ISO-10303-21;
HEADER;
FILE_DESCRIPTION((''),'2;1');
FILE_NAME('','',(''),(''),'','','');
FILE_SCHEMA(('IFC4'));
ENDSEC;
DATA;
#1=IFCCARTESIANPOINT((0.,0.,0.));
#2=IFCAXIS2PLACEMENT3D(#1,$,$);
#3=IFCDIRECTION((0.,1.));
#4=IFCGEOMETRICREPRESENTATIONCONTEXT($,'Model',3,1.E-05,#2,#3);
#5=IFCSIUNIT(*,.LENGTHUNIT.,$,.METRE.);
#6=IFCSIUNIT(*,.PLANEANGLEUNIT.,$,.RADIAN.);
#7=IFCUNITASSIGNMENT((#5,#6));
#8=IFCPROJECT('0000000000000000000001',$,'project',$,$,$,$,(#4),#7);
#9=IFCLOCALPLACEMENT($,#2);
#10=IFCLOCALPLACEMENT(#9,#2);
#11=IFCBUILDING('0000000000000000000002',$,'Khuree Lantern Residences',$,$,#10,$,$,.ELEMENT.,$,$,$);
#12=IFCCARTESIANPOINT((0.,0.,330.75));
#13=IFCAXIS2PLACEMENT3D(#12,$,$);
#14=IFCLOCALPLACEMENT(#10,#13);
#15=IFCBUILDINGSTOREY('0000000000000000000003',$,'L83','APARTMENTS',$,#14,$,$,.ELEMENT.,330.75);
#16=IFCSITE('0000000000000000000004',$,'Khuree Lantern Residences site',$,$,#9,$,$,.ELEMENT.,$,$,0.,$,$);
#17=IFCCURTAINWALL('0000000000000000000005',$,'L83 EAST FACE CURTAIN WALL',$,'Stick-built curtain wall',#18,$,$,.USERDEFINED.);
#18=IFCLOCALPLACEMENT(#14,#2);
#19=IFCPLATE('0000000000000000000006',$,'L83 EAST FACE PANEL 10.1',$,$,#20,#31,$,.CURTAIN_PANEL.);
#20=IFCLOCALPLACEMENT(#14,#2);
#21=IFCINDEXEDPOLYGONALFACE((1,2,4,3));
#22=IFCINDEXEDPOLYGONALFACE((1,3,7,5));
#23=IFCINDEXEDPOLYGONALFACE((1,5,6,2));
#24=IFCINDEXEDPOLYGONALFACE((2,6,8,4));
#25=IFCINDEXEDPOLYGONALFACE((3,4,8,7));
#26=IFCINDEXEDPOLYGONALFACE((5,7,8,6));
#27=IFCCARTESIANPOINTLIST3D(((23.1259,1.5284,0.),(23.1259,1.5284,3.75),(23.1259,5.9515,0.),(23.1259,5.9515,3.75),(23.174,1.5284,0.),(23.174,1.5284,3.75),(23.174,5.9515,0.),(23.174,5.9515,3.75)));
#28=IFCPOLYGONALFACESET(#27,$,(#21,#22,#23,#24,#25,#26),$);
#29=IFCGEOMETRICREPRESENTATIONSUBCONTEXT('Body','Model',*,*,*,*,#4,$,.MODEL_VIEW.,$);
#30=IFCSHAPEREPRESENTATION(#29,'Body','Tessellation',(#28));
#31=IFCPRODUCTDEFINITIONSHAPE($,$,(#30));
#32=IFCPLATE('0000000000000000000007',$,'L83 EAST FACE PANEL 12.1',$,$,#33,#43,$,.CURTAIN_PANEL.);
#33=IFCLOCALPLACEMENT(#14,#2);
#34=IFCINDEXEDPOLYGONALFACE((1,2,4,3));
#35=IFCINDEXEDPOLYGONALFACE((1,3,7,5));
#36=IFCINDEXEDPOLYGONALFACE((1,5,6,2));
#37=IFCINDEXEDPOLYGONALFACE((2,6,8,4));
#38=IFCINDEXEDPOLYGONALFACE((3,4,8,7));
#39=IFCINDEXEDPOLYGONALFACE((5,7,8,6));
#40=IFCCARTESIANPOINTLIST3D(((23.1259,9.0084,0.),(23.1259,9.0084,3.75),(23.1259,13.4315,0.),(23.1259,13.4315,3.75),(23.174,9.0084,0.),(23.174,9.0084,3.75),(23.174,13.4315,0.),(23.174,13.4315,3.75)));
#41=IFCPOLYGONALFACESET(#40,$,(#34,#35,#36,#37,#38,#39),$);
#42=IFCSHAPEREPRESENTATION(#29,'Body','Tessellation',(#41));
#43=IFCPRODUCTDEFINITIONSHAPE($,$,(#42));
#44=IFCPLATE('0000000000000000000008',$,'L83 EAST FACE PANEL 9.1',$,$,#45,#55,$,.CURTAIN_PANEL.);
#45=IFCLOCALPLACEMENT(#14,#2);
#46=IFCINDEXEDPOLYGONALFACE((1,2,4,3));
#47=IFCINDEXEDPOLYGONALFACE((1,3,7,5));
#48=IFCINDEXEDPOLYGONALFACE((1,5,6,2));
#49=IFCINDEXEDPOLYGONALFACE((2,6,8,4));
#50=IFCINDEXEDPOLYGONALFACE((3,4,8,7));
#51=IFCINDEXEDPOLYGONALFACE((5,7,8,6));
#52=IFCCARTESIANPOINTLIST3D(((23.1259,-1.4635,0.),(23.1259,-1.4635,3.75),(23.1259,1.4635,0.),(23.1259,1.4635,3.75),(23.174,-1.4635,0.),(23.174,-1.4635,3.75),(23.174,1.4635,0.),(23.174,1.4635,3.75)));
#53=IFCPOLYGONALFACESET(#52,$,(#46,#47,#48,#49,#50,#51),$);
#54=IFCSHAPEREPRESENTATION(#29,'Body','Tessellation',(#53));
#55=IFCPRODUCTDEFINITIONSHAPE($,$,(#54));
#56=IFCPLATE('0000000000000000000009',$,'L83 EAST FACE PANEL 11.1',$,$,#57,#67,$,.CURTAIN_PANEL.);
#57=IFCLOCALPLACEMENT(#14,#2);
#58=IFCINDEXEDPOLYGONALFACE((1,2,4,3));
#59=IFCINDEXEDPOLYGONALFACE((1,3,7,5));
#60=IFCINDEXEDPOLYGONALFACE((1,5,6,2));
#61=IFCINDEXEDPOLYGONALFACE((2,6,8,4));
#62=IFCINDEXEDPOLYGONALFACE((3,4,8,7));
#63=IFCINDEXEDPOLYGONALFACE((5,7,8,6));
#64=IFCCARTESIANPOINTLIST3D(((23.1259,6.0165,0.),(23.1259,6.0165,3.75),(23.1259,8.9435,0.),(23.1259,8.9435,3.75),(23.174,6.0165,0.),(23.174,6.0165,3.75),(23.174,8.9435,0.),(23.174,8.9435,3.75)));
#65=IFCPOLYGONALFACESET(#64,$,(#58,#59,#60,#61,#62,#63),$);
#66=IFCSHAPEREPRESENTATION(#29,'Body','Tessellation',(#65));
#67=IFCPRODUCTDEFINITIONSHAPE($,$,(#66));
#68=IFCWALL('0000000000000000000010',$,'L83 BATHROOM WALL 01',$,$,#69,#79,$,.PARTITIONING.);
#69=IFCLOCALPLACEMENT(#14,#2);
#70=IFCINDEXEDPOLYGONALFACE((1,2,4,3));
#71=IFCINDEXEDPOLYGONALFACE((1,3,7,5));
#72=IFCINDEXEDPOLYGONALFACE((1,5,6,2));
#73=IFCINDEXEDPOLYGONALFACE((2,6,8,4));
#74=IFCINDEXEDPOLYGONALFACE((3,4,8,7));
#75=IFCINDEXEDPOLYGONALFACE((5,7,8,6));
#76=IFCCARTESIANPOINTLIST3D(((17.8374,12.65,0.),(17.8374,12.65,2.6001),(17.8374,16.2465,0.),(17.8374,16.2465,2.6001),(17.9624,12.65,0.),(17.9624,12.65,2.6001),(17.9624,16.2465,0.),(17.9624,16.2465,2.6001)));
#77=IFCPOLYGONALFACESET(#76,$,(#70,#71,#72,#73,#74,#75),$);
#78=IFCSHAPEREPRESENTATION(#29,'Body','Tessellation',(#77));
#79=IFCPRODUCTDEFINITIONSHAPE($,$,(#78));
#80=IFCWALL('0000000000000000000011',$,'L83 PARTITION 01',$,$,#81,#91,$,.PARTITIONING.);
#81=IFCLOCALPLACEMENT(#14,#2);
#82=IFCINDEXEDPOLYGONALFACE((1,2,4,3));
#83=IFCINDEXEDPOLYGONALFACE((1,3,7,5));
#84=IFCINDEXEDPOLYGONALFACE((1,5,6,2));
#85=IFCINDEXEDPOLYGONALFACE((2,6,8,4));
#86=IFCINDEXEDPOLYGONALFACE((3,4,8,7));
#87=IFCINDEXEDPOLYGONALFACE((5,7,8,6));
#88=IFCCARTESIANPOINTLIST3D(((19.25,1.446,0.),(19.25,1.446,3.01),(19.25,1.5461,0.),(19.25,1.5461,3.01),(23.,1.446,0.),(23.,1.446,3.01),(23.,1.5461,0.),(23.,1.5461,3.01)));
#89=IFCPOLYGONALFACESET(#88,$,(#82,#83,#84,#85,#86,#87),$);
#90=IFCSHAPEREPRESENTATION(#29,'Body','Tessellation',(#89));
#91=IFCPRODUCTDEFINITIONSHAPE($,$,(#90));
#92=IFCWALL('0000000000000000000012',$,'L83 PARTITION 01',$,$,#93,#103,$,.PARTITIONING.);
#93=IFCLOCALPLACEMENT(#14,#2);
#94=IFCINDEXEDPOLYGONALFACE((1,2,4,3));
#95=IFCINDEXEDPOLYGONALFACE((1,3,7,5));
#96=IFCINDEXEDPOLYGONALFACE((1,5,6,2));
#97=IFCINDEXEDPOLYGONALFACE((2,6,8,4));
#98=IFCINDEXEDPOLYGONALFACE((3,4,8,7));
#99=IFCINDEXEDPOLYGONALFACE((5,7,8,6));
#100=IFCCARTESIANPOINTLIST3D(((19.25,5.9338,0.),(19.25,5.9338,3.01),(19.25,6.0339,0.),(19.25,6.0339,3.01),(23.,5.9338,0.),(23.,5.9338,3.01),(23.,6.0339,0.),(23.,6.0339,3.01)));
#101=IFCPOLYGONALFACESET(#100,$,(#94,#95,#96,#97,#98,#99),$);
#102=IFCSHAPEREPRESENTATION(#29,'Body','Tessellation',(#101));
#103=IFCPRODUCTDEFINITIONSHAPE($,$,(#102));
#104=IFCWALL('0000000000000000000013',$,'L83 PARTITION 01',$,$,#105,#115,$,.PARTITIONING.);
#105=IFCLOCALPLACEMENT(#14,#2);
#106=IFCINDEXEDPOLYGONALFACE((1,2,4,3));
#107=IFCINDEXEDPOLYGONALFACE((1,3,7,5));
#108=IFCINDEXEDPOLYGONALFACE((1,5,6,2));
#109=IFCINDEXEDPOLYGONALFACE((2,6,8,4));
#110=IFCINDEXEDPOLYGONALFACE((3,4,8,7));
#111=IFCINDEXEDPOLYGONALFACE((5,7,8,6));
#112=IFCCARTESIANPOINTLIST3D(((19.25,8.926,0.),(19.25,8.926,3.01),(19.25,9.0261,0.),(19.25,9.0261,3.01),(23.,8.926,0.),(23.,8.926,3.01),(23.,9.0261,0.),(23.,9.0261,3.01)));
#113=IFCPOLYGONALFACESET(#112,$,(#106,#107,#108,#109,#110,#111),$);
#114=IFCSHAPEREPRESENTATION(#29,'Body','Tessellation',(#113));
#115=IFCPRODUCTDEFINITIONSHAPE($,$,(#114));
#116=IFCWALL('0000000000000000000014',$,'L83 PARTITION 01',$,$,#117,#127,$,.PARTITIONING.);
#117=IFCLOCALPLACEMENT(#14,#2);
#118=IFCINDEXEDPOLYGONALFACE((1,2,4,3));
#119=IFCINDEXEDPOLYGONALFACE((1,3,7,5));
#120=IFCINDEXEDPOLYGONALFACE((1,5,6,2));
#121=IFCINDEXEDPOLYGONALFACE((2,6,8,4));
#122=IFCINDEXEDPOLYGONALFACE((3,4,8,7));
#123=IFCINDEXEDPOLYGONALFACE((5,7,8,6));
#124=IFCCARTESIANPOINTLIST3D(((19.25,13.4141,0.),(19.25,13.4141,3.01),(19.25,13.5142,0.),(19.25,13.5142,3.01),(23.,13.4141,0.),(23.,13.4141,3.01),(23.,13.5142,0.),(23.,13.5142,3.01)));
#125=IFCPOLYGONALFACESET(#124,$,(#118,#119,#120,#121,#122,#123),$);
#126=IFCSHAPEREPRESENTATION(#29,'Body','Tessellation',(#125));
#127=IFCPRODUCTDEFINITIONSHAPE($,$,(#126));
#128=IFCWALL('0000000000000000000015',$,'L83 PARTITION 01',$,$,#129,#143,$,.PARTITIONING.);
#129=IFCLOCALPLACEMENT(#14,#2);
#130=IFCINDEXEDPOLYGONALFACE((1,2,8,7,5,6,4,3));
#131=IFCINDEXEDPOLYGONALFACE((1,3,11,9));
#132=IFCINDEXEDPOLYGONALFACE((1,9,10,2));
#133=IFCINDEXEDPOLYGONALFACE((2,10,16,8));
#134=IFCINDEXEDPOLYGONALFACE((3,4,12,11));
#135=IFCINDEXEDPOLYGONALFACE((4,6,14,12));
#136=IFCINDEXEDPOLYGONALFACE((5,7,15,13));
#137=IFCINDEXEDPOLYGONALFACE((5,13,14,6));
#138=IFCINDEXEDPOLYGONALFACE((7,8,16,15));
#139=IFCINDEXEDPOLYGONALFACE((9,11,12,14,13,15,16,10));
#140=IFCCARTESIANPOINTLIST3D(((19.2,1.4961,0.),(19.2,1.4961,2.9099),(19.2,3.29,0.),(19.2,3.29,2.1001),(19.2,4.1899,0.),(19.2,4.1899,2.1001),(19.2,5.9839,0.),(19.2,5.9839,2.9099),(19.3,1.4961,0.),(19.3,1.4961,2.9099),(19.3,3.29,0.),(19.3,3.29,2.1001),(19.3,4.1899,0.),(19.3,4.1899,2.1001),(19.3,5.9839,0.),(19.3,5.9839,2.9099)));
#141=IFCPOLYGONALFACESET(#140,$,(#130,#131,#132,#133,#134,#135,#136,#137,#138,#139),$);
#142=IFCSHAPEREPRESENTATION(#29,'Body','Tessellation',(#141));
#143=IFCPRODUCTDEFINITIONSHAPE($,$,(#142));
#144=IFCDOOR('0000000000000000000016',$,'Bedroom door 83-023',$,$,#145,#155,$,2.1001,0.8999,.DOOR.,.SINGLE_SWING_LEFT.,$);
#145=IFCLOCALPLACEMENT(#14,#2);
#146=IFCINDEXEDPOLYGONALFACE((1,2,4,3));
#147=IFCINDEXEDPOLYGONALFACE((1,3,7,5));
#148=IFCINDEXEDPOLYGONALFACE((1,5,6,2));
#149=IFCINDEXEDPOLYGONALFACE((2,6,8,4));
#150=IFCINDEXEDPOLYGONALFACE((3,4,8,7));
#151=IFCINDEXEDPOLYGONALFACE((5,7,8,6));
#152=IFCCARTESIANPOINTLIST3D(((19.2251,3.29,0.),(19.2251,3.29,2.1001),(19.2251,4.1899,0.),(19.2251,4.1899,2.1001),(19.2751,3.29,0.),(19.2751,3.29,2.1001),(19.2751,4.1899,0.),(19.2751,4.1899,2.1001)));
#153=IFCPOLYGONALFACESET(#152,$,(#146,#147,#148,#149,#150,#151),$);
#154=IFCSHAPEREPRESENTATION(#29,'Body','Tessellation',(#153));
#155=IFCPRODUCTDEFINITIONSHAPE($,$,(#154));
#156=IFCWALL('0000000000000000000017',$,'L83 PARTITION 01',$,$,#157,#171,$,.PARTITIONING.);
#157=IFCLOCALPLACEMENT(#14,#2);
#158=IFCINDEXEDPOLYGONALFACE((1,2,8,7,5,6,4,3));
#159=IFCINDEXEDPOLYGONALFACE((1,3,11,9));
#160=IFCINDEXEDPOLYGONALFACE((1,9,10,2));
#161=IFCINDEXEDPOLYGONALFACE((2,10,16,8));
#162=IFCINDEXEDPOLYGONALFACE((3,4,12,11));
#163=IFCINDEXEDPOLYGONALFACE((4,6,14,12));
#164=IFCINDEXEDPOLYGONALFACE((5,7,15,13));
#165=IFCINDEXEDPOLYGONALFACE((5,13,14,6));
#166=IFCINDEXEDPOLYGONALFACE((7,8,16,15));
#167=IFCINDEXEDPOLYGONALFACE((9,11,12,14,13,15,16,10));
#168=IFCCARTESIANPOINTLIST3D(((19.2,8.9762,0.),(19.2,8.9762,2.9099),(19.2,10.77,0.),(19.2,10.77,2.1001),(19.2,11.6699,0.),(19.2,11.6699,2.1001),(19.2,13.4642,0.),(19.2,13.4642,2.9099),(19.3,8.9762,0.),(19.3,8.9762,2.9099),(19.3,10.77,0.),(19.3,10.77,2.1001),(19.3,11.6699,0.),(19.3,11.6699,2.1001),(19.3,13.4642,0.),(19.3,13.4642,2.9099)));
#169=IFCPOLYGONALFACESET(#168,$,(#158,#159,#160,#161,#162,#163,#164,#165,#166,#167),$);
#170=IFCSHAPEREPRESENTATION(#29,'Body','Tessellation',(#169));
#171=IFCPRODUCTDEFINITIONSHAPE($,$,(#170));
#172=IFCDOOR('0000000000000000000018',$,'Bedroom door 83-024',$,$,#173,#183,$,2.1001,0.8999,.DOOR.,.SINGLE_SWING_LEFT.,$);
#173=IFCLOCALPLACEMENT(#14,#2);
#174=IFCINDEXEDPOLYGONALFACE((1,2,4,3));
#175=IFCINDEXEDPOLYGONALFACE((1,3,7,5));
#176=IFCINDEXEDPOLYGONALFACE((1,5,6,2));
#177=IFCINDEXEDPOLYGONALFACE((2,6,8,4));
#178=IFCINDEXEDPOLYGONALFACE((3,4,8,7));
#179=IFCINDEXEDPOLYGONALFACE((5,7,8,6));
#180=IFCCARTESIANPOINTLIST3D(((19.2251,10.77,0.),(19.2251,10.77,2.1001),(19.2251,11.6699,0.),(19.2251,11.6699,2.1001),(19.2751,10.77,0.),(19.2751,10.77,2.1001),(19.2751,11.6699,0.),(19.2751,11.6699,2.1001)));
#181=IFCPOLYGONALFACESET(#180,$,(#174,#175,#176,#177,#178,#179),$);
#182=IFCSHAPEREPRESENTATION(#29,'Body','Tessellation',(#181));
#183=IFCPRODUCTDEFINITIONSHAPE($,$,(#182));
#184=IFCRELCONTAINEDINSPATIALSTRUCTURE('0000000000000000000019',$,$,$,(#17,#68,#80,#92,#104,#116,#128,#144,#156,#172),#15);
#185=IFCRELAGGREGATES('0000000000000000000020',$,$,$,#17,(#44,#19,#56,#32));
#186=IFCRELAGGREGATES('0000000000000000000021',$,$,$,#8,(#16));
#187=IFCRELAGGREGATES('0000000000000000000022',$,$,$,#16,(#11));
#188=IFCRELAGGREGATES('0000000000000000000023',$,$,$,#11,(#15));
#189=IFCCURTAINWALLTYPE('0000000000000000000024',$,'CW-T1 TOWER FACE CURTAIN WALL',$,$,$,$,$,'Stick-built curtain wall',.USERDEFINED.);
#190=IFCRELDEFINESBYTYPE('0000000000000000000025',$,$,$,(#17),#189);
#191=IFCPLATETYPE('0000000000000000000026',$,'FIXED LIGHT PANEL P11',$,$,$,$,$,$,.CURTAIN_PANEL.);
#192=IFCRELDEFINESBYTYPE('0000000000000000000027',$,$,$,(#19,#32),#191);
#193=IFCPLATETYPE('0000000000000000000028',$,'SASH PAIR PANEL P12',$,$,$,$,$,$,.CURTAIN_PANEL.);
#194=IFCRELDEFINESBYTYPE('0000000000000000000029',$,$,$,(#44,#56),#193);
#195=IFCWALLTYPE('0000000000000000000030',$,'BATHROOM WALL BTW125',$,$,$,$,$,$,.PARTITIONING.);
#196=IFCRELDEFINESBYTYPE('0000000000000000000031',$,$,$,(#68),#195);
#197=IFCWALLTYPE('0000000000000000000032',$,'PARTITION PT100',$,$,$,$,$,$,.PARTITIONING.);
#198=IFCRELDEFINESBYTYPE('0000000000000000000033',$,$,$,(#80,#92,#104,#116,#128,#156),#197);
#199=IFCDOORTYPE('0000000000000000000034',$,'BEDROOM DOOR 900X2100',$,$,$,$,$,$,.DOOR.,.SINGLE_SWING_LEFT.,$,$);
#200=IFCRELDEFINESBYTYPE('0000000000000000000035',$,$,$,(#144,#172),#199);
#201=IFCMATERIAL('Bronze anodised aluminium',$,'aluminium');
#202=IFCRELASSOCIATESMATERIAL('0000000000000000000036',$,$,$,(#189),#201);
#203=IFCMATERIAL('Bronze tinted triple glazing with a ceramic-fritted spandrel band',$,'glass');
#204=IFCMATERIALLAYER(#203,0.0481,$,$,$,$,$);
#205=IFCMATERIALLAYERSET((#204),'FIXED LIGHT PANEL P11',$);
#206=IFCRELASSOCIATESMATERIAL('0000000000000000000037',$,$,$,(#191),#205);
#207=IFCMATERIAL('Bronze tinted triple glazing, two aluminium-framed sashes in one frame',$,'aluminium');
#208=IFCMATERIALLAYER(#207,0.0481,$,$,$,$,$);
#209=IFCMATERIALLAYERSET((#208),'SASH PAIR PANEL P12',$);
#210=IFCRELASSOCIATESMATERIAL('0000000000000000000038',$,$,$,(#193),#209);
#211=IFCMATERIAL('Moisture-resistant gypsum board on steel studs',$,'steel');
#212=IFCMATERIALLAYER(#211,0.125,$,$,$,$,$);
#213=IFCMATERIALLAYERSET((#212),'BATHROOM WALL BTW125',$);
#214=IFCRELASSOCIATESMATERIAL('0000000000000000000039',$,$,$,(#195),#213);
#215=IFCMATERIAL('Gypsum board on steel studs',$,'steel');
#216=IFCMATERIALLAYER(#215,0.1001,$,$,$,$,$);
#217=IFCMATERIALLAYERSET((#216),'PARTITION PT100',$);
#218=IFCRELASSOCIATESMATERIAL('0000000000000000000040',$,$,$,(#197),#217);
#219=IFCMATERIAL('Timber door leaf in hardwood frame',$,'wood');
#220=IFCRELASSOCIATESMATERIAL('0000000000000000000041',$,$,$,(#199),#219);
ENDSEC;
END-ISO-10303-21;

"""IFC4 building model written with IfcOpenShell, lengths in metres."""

from ifc_helpers import new_model, si_unit, direction, frame, frame_2d, origin, origin_2d, place, context, subcontext, project, spatial, rectangle, extrude, material, layer, layer_set, type_object, element, fill, aggregate, save


model = new_model("IFC4")

# Units and contexts
model_context = context("Model", 3, precision=1e-05, world=origin(), true_north=direction((0.0, 1.0)))
body_context = subcontext(model_context, "Body", "Model", "MODEL_VIEW")
ifc_project = project(units=[si_unit("LENGTHUNIT", "METRE"), si_unit("PLANEANGLEUNIT", "RADIAN")], contexts=[model_context])

# Site, building, storey
site_placement = place(None, origin())
site = spatial("IfcSite", under=ifc_project, at=site_placement, Name="Khuree Lantern Residences site", CompositionType="ELEMENT", RefElevation=0.0)
building_placement = place(site_placement, origin())
building = spatial("IfcBuilding", under=site, at=building_placement, Name="Khuree Lantern Residences", CompositionType="ELEMENT")
storey_placement = place(building_placement, frame((0.0, 0.0, 330.75)))
storey = spatial("IfcBuildingStorey", under=building, at=storey_placement, Name="L83", Description="APARTMENTS", CompositionType="ELEMENT", Elevation=330.75)

# Curtain wall
ifc_material_1 = material(Name="Bronze anodised aluminium", Category="aluminium")
curtain_wall_type = type_object("IfcCurtainWallType", Name="CW-T1 TOWER FACE CURTAIN WALL", ElementType="Stick-built curtain wall", PredefinedType="USERDEFINED", material=ifc_material_1)
curtain_wall_placement = place(storey_placement, origin())
curtain_wall = element("IfcCurtainWall", 1, at=curtain_wall_placement, inside=storey, type_object=curtain_wall_type, Name="L83 EAST FACE CURTAIN WALL", ObjectType="Stick-built curtain wall", PredefinedType="USERDEFINED")

# Plates
ifc_material_2 = material(Name="Bronze tinted triple glazing with a ceramic-fritted spandrel band", Category="glass")
ifc_layer_1 = layer(ifc_material_2, 0.0481)
ifc_layer_set_1 = layer_set([ifc_layer_1], Name="FIXED LIGHT PANEL P11")
plate_type_1 = type_object("IfcPlateType", Name="FIXED LIGHT PANEL P11", PredefinedType="CURTAIN_PANEL", material=ifc_layer_set_1)
plate_1_placement = place(storey_placement, frame((23.1499, 3.74, 0.0), z_axis=(0.0, 0.0, 1.0), x_axis=(0.0, 1.0, 0.0)))
plate_1 = element("IfcPlate", 2, at=plate_1_placement, type_object=plate_type_1, Name="L83 EAST FACE PANEL 10.1", PredefinedType="CURTAIN_PANEL", context=body_context, shape_type="SweptSolid", body=[
    extrude(rectangle(XDim=4.4231, YDim=0.0481, at=origin_2d()), origin(), (0.0, 0.0, 1.0), 3.75),
])
plate_2_placement = place(storey_placement, frame((23.1499, 11.22, 0.0), z_axis=(0.0, 0.0, 1.0), x_axis=(0.0, 1.0, 0.0)))
plate_2 = element("IfcPlate", 3, at=plate_2_placement, type_object=plate_type_1, Name="L83 EAST FACE PANEL 12.1", PredefinedType="CURTAIN_PANEL", context=body_context, shape_type="SweptSolid", body=[
    extrude(rectangle(XDim=4.4231, YDim=0.0481, at=origin_2d()), origin(), (0.0, 0.0, 1.0), 3.75),
])
ifc_material_3 = material(Name="Bronze tinted triple glazing, two aluminium-framed sashes in one frame", Category="aluminium")
ifc_layer_2 = layer(ifc_material_3, 0.0481)
ifc_layer_set_2 = layer_set([ifc_layer_2], Name="SASH PAIR PANEL P12")
plate_type_2 = type_object("IfcPlateType", Name="SASH PAIR PANEL P12", PredefinedType="CURTAIN_PANEL", material=ifc_layer_set_2)
plate_3_placement = place(storey_placement, frame((23.1499, 0.0, 0.0), z_axis=(0.0, 0.0, 1.0), x_axis=(0.0, 1.0, 0.0)))
plate_3 = element("IfcPlate", 4, at=plate_3_placement, type_object=plate_type_2, Name="L83 EAST FACE PANEL 9.1", PredefinedType="CURTAIN_PANEL", context=body_context, shape_type="SweptSolid", body=[
    extrude(rectangle(XDim=2.927, YDim=0.0481, at=origin_2d()), origin(), (0.0, 0.0, 1.0), 3.75),
])
plate_4_placement = place(storey_placement, frame((23.1499, 7.48, 0.0), z_axis=(0.0, 0.0, 1.0), x_axis=(0.0, 1.0, 0.0)))
plate_4 = element("IfcPlate", 5, at=plate_4_placement, type_object=plate_type_2, Name="L83 EAST FACE PANEL 11.1", PredefinedType="CURTAIN_PANEL", context=body_context, shape_type="SweptSolid", body=[
    extrude(rectangle(XDim=2.927, YDim=0.0481, at=origin_2d()), origin(), (0.0, 0.0, 1.0), 3.75),
])
aggregate(curtain_wall, [plate_3, plate_1, plate_4, plate_2])

# Walls
ifc_material_4 = material(Name="Moisture-resistant gypsum board on steel studs", Category="steel")
ifc_layer_3 = layer(ifc_material_4, 0.125)
ifc_layer_set_3 = layer_set([ifc_layer_3], Name="BATHROOM WALL BTW125")
wall_type_1 = type_object("IfcWallType", Name="BATHROOM WALL BTW125", PredefinedType="PARTITIONING", material=ifc_layer_set_3)
wall_1_placement = place(storey_placement, frame((17.8999, 12.6499, 0.0), z_axis=(0.0, 0.0, 1.0), x_axis=(0.0, 1.0, 0.0)))
element("IfcWall", 6, at=wall_1_placement, inside=storey, type_object=wall_type_1, Name="L83 BATHROOM WALL 01", PredefinedType="PARTITIONING", context=body_context, shape_type="SweptSolid", body=[
    extrude(rectangle(XDim=3.5964, YDim=0.125, at=frame_2d((1.7983, 0.0))), origin(), (0.0, 0.0, 1.0), 2.6001),
])
ifc_material_5 = material(Name="Gypsum board on steel studs", Category="steel")
ifc_layer_4 = layer(ifc_material_5, 0.1001)
ifc_layer_set_4 = layer_set([ifc_layer_4], Name="PARTITION PT100")
wall_type_2 = type_object("IfcWallType", Name="PARTITION PT100", PredefinedType="PARTITIONING", material=ifc_layer_set_4)
for number, where, z_axis, x_axis, name in (
    (7, (19.25, 1.4961, 0.0), (0.0, 0.0, 1.0), (1.0, 0.0, 0.0), "L83 PARTITION 01"),
    (8, (19.25, 5.9839, 0.0), (0.0, 0.0, 1.0), (1.0, 0.0, 0.0), "L83 PARTITION 01"),
    (9, (19.25, 8.9761, 0.0), (0.0, 0.0, 1.0), (1.0, 0.0, 0.0), "L83 PARTITION 01"),
    (10, (19.25, 13.4641, 0.0), (0.0, 0.0, 1.0), (1.0, 0.0, 0.0), "L83 PARTITION 01"),
):
    element("IfcWall", number, at=place(storey_placement, frame(where, z_axis=z_axis, x_axis=x_axis)), inside=storey, type_object=wall_type_2, Name=name, PredefinedType="PARTITIONING", context=body_context, shape_type="SweptSolid", body=[
        extrude(rectangle(XDim=3.75, YDim=0.1001, at=frame_2d((1.875, 0.0))), origin(), (0.0, 0.0, 1.0), 3.01),
    ])

# Walls, openings, doors
wall_2_placement = place(storey_placement, frame((19.25, 1.4961, 0.0), z_axis=(0.0, 0.0, 1.0), x_axis=(0.0, 1.0, 0.0)))
wall_2 = element("IfcWall", 11, at=wall_2_placement, inside=storey, type_object=wall_type_2, Name="L83 PARTITION 01", PredefinedType="PARTITIONING", context=body_context, shape_type="SweptSolid", body=[
    extrude(rectangle(XDim=4.4878, YDim=0.1001, at=frame_2d((2.2439, 0.0))), origin(), (0.0, 0.0, 1.0), 2.9099),
])
opening_1_placement = place(wall_2_placement, frame((1.7939, 0.0, 0.0)))
opening_1 = element("IfcOpeningElement", 12, at=opening_1_placement, cuts=wall_2, PredefinedType="OPENING", context=body_context, shape_type="SweptSolid", body=[
    extrude(rectangle(XDim=0.8999, YDim=2.1001, at=frame_2d((0.45, 1.05))), frame((0.0, 0.0601, 0.0), z_axis=(0.0, -1.0, 0.0), x_axis=(1.0, 0.0, 0.0)), (0.0, 0.0, 1.0), 0.1201),
])
ifc_material_6 = material(Name="Timber door leaf in hardwood frame", Category="wood")
door_type = type_object("IfcDoorType", Name="BEDROOM DOOR 900X2100", OperationType="SINGLE_SWING_LEFT", PredefinedType="DOOR", material=ifc_material_6)
door_1_placement = place(opening_1_placement, origin())
door_1 = element("IfcDoor", 13, at=door_1_placement, inside=storey, type_object=door_type, Name="Bedroom door 83-023", OperationType="SINGLE_SWING_LEFT", OverallHeight=2.1001, OverallWidth=0.8999, PredefinedType="DOOR", context=body_context, shape_type="SweptSolid", body=[
    extrude(rectangle(XDim=0.8999, YDim=2.1001, at=frame_2d((0.45, 1.05))), frame((0.0, 0.0249, 0.0), z_axis=(0.0, -1.0, 0.0), x_axis=(1.0, 0.0, 0.0)), (0.0, 0.0, 1.0), 0.05),
])
fill(opening_1, door_1)
wall_3_placement = place(storey_placement, frame((19.25, 8.9761, 0.0), z_axis=(0.0, 0.0, 1.0), x_axis=(0.0, 1.0, 0.0)))
wall_3 = element("IfcWall", 14, at=wall_3_placement, inside=storey, type_object=wall_type_2, Name="L83 PARTITION 01", PredefinedType="PARTITIONING", context=body_context, shape_type="SweptSolid", body=[
    extrude(rectangle(XDim=4.488, YDim=0.1001, at=frame_2d((2.2441, 0.0))), origin(), (0.0, 0.0, 1.0), 2.9099),
])
opening_2_placement = place(wall_3_placement, frame((1.7939, 0.0, 0.0)))
opening_2 = element("IfcOpeningElement", 15, at=opening_2_placement, cuts=wall_3, PredefinedType="OPENING", context=body_context, shape_type="SweptSolid", body=[
    extrude(rectangle(XDim=0.8999, YDim=2.1001, at=frame_2d((0.45, 1.05))), frame((0.0, 0.0601, 0.0), z_axis=(0.0, -1.0, 0.0), x_axis=(1.0, 0.0, 0.0)), (0.0, 0.0, 1.0), 0.1201),
])
door_2_placement = place(opening_2_placement, origin())
door_2 = element("IfcDoor", 16, at=door_2_placement, inside=storey, type_object=door_type, Name="Bedroom door 83-024", OperationType="SINGLE_SWING_LEFT", OverallHeight=2.1001, OverallWidth=0.8999, PredefinedType="DOOR", context=body_context, shape_type="SweptSolid", body=[
    extrude(rectangle(XDim=0.8999, YDim=2.1001, at=frame_2d((0.45, 1.05))), frame((0.0, 0.0249, 0.0), z_axis=(0.0, -1.0, 0.0), x_axis=(1.0, 0.0, 0.0)), (0.0, 0.0, 1.0), 0.05),
])
fill(opening_2, door_2)

save(model, "model.ifc")
